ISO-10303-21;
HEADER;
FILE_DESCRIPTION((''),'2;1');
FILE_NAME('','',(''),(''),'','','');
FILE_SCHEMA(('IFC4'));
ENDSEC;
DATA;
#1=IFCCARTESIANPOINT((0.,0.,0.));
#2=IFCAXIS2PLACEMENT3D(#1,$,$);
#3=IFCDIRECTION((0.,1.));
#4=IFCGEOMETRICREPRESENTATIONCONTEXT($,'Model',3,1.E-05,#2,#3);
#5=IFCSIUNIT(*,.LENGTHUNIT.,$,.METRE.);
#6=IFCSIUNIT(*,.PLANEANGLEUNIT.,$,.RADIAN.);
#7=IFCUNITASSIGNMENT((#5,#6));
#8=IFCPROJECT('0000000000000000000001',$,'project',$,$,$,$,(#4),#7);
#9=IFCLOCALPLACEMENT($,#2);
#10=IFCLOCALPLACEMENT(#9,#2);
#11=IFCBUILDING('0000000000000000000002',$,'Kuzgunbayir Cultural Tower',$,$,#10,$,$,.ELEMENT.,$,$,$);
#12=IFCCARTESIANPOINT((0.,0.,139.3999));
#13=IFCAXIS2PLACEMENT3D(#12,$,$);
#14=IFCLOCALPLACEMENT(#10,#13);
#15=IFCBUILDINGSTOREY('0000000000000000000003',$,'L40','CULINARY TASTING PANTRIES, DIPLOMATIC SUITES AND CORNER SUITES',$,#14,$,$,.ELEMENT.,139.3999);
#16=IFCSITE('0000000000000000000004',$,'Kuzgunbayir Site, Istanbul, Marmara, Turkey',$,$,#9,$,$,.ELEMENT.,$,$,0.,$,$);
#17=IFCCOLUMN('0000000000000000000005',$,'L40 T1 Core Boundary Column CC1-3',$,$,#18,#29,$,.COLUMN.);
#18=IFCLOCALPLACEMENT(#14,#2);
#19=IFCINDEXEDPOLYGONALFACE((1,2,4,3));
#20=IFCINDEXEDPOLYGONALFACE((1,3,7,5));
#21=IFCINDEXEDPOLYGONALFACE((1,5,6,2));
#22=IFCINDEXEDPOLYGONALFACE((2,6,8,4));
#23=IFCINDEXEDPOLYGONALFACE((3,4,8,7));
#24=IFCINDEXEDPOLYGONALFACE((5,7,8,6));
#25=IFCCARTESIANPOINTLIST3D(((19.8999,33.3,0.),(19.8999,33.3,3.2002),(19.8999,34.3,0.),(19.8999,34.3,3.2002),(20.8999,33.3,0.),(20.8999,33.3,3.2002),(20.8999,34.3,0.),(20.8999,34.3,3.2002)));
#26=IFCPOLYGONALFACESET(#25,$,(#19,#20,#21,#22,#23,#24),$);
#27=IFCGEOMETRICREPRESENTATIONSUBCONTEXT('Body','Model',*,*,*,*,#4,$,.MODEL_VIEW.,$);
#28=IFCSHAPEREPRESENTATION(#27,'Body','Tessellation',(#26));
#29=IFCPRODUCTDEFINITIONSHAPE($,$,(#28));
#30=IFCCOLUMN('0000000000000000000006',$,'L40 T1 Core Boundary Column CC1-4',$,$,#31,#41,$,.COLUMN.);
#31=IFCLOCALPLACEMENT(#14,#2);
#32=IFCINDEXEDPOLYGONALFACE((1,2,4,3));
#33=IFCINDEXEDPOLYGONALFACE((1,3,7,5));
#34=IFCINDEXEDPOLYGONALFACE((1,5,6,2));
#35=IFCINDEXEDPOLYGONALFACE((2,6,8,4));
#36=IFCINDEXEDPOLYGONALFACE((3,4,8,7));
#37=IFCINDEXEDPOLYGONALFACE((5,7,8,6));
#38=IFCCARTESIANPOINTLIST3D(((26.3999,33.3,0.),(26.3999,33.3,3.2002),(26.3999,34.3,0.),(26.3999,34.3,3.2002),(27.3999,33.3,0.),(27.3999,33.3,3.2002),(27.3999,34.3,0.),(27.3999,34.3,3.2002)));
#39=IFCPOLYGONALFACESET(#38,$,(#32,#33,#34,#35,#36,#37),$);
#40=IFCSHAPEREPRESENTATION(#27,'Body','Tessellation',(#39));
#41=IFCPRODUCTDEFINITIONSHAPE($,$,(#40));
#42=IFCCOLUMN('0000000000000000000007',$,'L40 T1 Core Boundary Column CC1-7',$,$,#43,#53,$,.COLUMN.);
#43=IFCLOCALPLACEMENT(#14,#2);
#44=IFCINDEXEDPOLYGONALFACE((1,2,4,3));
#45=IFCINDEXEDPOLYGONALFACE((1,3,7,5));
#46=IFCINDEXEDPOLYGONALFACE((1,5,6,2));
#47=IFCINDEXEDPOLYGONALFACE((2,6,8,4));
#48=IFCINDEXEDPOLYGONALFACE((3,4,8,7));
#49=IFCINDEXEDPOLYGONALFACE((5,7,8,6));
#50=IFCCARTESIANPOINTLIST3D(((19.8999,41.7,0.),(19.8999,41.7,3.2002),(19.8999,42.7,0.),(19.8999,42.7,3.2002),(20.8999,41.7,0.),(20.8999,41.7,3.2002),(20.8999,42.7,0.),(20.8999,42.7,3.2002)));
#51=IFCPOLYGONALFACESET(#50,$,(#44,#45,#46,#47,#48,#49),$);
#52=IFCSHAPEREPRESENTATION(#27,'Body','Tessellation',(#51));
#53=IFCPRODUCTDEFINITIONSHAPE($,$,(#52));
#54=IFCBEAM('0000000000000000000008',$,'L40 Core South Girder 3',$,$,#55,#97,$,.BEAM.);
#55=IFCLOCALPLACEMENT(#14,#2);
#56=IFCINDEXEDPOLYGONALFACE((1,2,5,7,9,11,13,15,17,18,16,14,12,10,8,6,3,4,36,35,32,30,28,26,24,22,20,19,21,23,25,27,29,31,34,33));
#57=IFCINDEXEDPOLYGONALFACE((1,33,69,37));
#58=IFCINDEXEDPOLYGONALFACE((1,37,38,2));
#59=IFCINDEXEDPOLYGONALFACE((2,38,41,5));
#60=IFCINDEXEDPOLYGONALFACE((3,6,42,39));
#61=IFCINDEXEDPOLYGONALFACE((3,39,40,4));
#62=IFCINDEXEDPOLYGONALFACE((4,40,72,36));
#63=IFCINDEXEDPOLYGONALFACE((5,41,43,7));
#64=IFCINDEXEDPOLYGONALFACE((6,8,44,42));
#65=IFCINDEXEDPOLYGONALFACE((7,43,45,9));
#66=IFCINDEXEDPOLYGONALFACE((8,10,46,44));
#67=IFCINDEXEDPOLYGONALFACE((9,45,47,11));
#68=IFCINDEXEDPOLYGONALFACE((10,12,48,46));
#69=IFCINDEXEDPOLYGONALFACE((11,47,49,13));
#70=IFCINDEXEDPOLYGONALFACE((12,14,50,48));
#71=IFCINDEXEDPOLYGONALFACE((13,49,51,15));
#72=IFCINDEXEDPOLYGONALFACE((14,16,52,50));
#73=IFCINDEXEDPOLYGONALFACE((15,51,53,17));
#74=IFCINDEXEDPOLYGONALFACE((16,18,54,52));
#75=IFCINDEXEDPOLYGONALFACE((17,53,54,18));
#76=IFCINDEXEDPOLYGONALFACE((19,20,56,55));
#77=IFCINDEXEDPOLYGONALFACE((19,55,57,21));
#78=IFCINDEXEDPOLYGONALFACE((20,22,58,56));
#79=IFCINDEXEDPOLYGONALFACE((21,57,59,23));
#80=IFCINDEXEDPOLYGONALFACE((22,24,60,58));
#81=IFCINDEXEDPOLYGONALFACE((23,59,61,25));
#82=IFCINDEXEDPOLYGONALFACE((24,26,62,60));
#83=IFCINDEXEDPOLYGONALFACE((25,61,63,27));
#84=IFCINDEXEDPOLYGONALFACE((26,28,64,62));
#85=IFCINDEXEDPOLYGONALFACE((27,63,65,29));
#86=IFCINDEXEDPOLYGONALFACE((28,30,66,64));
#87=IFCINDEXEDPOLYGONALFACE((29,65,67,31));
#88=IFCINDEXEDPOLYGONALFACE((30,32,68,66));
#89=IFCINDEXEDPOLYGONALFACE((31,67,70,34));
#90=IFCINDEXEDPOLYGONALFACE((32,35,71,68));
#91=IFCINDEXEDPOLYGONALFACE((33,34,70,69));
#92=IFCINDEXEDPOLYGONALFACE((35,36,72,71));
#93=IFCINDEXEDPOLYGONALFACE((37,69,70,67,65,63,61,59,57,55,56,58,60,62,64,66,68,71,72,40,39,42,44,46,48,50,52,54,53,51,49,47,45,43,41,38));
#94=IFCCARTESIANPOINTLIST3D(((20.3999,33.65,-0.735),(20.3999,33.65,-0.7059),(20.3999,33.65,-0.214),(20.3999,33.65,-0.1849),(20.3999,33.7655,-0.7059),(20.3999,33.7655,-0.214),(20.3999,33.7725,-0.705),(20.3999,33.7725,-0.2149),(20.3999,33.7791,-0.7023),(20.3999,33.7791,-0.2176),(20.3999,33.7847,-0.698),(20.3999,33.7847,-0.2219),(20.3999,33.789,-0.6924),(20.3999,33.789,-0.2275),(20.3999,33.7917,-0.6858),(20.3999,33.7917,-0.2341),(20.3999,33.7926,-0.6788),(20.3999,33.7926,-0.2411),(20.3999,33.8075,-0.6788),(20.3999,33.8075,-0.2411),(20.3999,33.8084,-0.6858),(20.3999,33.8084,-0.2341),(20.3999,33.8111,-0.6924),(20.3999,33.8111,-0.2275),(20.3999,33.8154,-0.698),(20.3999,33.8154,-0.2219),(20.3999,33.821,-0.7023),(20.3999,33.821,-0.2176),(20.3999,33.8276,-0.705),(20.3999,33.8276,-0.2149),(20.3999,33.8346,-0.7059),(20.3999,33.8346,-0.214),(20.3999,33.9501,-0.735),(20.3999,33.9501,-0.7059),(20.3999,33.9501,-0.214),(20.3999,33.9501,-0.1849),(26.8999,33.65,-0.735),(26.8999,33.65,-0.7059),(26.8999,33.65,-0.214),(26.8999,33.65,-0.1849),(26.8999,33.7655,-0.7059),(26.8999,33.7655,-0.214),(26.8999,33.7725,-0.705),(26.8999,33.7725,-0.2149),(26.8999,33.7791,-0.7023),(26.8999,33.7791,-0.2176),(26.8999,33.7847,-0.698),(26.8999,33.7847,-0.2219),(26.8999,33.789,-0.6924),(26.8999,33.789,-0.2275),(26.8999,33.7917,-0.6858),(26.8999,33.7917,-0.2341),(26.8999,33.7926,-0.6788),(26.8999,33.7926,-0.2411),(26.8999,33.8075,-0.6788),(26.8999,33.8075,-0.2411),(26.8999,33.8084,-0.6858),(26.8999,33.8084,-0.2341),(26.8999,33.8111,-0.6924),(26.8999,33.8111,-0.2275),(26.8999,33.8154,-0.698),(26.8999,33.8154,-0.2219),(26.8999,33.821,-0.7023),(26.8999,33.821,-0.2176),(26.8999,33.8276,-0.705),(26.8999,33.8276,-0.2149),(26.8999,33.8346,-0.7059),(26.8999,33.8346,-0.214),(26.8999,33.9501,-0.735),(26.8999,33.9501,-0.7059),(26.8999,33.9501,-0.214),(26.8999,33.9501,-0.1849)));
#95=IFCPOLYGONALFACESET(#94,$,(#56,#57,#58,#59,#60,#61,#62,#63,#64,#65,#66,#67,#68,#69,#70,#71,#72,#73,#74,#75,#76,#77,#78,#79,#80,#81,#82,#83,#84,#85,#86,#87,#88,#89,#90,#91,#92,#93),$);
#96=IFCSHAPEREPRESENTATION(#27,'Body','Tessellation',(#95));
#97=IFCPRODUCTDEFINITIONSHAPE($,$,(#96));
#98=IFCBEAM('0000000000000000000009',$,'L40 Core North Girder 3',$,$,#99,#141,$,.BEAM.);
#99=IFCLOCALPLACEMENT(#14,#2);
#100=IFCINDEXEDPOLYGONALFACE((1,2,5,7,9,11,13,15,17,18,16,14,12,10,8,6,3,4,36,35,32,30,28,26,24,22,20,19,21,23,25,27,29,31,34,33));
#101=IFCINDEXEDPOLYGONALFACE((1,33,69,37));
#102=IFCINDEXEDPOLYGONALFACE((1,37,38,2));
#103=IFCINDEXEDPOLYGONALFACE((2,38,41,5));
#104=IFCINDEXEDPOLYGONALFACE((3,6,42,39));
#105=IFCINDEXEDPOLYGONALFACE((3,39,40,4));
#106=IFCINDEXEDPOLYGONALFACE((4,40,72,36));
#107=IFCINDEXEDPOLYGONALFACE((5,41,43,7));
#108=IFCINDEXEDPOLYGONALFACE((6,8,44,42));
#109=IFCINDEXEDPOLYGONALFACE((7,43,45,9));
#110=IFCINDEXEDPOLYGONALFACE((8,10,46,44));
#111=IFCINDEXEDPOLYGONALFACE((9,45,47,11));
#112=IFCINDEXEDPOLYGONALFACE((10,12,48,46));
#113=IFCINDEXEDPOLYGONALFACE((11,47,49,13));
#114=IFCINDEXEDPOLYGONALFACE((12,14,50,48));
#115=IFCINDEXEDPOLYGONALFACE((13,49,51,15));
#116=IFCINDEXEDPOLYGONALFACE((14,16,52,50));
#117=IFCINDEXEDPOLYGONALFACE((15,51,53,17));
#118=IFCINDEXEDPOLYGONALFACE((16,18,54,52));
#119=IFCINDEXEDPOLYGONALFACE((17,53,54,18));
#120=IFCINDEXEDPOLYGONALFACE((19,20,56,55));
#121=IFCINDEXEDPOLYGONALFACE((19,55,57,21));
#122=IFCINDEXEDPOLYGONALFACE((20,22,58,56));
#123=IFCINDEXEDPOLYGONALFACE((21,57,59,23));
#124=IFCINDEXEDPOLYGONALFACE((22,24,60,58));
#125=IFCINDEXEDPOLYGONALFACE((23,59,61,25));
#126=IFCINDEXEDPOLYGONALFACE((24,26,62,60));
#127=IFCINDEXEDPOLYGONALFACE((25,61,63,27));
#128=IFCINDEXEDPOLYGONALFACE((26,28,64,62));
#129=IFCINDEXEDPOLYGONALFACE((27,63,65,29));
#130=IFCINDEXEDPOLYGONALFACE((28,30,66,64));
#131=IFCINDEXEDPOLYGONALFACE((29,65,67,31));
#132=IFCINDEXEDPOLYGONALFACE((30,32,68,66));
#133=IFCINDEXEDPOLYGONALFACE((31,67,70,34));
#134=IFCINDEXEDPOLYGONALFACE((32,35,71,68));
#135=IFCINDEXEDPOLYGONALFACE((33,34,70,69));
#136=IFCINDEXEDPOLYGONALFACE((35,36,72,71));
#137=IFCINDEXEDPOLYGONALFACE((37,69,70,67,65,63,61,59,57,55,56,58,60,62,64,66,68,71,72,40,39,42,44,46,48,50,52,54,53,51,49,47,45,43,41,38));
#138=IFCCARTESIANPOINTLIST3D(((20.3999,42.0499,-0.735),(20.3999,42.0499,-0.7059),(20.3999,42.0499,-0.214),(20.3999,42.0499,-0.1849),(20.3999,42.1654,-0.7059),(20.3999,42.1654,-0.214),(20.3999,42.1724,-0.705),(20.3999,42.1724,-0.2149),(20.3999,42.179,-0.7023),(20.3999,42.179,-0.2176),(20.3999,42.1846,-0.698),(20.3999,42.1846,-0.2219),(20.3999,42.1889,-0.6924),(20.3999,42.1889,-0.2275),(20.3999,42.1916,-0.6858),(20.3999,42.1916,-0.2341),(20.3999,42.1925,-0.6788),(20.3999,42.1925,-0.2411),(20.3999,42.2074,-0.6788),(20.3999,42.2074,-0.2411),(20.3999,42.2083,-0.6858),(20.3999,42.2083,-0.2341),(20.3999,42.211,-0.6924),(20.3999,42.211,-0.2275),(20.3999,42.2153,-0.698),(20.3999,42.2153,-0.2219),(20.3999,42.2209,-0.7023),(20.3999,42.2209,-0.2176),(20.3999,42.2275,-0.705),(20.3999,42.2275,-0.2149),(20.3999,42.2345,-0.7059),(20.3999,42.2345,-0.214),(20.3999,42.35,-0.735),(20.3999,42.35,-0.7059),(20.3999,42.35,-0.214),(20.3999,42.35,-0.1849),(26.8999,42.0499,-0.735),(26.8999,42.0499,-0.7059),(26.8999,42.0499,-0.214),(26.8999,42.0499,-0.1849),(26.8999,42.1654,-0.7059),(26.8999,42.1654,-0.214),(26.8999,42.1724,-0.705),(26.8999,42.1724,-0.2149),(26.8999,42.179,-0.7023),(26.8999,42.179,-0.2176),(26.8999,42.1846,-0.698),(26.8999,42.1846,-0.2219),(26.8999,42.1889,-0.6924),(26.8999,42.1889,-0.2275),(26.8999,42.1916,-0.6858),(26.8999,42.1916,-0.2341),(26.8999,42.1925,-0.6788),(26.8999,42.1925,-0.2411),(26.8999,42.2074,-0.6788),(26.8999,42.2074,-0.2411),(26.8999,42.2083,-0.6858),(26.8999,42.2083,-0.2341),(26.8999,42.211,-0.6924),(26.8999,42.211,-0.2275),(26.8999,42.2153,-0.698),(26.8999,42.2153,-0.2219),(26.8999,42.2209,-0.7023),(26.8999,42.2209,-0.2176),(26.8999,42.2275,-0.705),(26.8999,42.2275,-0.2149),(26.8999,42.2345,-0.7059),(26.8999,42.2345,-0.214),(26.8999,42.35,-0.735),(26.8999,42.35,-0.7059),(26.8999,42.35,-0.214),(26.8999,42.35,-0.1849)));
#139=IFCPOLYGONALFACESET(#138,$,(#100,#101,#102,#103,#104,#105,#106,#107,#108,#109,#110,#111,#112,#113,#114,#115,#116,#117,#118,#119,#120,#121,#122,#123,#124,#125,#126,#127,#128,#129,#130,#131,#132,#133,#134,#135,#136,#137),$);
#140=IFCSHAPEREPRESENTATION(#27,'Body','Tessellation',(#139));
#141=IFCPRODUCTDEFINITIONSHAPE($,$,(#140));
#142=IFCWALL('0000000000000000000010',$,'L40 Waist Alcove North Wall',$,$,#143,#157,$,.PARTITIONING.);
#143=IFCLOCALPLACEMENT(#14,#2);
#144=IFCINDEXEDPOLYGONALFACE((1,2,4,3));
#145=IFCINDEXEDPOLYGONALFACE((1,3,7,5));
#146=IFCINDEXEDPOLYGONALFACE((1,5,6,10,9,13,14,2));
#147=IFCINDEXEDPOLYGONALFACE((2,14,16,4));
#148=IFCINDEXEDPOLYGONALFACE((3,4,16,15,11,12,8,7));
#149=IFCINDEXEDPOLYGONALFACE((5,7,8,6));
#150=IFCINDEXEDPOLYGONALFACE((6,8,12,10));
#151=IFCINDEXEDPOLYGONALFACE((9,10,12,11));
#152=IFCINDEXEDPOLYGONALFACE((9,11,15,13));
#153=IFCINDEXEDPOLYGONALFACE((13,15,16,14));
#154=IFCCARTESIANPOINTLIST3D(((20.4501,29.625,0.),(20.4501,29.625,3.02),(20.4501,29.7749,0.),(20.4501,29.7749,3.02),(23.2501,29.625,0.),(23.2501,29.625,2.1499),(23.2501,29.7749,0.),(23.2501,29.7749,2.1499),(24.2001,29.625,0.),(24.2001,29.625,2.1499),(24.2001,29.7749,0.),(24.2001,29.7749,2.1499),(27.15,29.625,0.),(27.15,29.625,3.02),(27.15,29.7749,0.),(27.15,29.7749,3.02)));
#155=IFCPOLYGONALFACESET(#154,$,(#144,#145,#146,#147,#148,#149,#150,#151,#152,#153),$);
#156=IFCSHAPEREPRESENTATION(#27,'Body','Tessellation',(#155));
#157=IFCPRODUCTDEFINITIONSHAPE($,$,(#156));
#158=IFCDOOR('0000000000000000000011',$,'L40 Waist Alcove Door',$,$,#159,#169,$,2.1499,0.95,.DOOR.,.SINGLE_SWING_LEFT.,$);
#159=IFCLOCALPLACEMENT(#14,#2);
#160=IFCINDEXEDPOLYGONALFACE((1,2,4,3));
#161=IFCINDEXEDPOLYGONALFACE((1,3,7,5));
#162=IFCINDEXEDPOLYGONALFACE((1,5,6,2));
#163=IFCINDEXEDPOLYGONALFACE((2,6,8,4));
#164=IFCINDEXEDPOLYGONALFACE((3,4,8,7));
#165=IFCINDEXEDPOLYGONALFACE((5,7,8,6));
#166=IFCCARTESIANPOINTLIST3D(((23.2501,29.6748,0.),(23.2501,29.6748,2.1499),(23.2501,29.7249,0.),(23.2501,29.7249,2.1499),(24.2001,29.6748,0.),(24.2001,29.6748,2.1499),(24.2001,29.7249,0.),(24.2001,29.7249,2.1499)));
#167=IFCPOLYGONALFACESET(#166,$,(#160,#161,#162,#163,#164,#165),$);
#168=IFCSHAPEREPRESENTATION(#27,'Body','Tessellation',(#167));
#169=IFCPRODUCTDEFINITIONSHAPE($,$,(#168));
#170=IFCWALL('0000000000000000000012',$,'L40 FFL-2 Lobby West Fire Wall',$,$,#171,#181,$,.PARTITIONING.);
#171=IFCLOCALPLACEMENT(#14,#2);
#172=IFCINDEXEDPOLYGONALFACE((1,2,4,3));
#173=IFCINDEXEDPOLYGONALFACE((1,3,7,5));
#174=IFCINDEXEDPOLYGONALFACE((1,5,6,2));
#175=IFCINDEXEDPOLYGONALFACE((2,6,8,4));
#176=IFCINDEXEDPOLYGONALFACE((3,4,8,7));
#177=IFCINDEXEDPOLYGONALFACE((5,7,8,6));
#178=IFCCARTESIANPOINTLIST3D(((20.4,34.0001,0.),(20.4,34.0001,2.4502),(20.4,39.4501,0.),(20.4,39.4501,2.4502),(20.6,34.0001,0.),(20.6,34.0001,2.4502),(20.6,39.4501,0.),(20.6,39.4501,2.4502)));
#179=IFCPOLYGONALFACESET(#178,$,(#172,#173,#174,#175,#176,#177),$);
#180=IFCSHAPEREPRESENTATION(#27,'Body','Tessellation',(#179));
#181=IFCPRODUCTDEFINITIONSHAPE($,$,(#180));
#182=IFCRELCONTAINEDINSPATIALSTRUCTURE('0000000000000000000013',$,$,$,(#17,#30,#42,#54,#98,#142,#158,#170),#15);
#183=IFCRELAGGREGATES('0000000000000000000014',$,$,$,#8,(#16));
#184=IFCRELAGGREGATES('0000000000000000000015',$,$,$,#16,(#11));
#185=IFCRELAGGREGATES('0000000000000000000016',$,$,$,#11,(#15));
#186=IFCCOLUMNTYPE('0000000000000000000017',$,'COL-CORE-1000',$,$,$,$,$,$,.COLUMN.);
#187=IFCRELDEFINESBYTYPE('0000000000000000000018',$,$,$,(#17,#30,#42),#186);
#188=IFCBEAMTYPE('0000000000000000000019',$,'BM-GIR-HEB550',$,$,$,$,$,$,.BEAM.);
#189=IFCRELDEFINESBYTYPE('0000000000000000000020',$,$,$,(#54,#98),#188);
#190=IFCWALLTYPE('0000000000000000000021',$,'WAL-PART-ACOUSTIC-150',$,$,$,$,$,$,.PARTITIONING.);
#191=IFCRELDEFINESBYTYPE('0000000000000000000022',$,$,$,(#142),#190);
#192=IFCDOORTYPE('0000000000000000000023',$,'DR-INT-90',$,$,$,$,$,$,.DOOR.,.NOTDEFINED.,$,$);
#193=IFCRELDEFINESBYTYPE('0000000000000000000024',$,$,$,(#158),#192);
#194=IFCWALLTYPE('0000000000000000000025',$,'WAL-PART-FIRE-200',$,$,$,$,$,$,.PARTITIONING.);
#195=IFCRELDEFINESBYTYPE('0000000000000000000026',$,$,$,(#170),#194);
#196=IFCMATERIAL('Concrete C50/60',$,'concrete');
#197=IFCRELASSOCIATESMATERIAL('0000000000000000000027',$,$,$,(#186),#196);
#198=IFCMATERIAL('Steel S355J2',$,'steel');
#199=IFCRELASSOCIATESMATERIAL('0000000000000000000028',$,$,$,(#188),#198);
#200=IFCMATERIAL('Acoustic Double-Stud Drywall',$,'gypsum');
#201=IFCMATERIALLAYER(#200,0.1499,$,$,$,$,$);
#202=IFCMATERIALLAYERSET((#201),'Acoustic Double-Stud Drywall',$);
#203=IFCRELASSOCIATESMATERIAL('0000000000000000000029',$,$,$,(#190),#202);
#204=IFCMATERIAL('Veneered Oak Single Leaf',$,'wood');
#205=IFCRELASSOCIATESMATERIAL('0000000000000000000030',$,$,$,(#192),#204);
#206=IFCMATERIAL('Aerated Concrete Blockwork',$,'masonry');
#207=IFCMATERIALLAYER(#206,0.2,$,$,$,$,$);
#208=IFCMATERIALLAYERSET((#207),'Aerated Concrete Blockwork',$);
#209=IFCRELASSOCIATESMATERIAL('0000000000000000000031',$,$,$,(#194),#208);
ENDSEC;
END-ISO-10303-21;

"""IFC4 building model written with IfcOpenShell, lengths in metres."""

from ifc_helpers import new_model, si_unit, direction, frame, frame_2d, origin, origin_2d, place, context, subcontext, project, spatial, rectangle, i_section, extrude, material, layer, layer_set, material_profile, profile_set, type_object, element, fill, save


model = new_model("IFC4")

# Units and contexts
model_context = context("Model", 3, precision=1e-05, world=origin(), true_north=direction((0.0, 1.0)))
body_context = subcontext(model_context, "Body", "Model", "MODEL_VIEW")
ifc_project = project(units=[si_unit("LENGTHUNIT", "METRE"), si_unit("PLANEANGLEUNIT", "RADIAN")], contexts=[model_context])

# Site, building, storey
site_placement = place(None, origin())
site = spatial("IfcSite", under=ifc_project, at=site_placement, Name="Kuzgunbayir Site, Istanbul, Marmara, Turkey", CompositionType="ELEMENT", RefElevation=0.0)
building_placement = place(site_placement, origin())
building = spatial("IfcBuilding", under=site, at=building_placement, Name="Kuzgunbayir Cultural Tower", CompositionType="ELEMENT")
storey_placement = place(building_placement, frame((0.0, 0.0, 139.3999)))
storey = spatial("IfcBuildingStorey", under=building, at=storey_placement, Name="L40", Description="CULINARY TASTING PANTRIES, DIPLOMATIC SUITES AND CORNER SUITES", CompositionType="ELEMENT", Elevation=139.3999)

# Columns
ifc_material_1 = material(Name="Concrete C50/60", Category="concrete")
ifc_material_profile_1 = material_profile(ifc_material_1, rectangle(XDim=1.0, YDim=1.0, at=origin_2d()), Name="RC 1000x1000")
ifc_profile_set_1 = profile_set([ifc_material_profile_1], Name="Concrete C50/60")
column_type = type_object("IfcColumnType", Name="COL-CORE-1000", PredefinedType="COLUMN", material=ifc_profile_set_1)
for number, where, z_axis, x_axis, name in (
    (1, (20.3999, 33.8, 0.0), (0.0, 0.0, 1.0), (1.0, 0.0, 0.0), "L40 T1 Core Boundary Column CC1-3"),
    (2, (26.8999, 33.8, 0.0), (0.0, 0.0, 1.0), (1.0, 0.0, 0.0), "L40 T1 Core Boundary Column CC1-4"),
    (3, (20.3999, 42.2, 0.0), (0.0, 0.0, 1.0), (1.0, 0.0, 0.0), "L40 T1 Core Boundary Column CC1-7"),
):
    element("IfcColumn", number, at=place(storey_placement, frame(where, z_axis=z_axis, x_axis=x_axis)), inside=storey, type_object=column_type, Name=name, PredefinedType="COLUMN", context=body_context, shape_type="SweptSolid", body=[
        extrude(rectangle(XDim=1.0, YDim=1.0, at=origin_2d()), origin(), (0.0, 0.0, 1.0), 3.2002),
    ])

# Beams
ifc_material_2 = material(Name="Steel S355J2", Category="steel")
ifc_material_profile_2 = material_profile(ifc_material_2, i_section(OverallWidth=0.3, OverallDepth=0.55, WebThickness=0.0149, FlangeThickness=0.0291, FilletRadius=0.0271, at=origin_2d()), Name="HEB 550")
ifc_profile_set_2 = profile_set([ifc_material_profile_2], Name="Steel S355J2")
beam_type = type_object("IfcBeamType", Name="BM-GIR-HEB550", PredefinedType="BEAM", material=ifc_profile_set_2)
for number, where, z_axis, x_axis, name in (
    (4, (20.3999, 33.8, -0.46), (1.0, 0.0, 0.0), (0.0, 1.0, 0.0), "L40 Core South Girder 3"),
    (5, (20.3999, 42.2, -0.46), (1.0, 0.0, 0.0), (0.0, 1.0, 0.0), "L40 Core North Girder 3"),
):
    element("IfcBeam", number, at=place(storey_placement, frame(where, z_axis=z_axis, x_axis=x_axis)), inside=storey, type_object=beam_type, Name=name, PredefinedType="BEAM", context=body_context, shape_type="SweptSolid", body=[
        extrude(i_section(OverallWidth=0.3, OverallDepth=0.55, WebThickness=0.0149, FlangeThickness=0.0291, FilletRadius=0.0271, at=origin_2d()), origin(), (0.0, 0.0, 1.0), 6.5),
    ])

# Wall, opening, door
ifc_material_3 = material(Name="Acoustic Double-Stud Drywall", Category="gypsum")
ifc_layer_1 = layer(ifc_material_3, 0.1499)
ifc_layer_set_1 = layer_set([ifc_layer_1], Name="Acoustic Double-Stud Drywall")
wall_type_1 = type_object("IfcWallType", Name="WAL-PART-ACOUSTIC-150", PredefinedType="PARTITIONING", material=ifc_layer_set_1)
wall_1_placement = place(storey_placement, frame((20.45, 29.7, 0.0), z_axis=(0.0, 0.0, 1.0), x_axis=(1.0, 0.0, 0.0)))
wall_1 = element("IfcWall", 6, at=wall_1_placement, inside=storey, type_object=wall_type_1, Name="L40 Waist Alcove North Wall", PredefinedType="PARTITIONING", context=body_context, shape_type="SweptSolid", body=[
    extrude(rectangle(XDim=6.7, YDim=0.1499, at=frame_2d((3.3501, 0.0))), origin(), (0.0, 0.0, 1.0), 3.02),
])
opening_1_placement = place(wall_1_placement, frame((2.8, 0.0, 0.0)))
opening_1 = element("IfcOpeningElement", 7, at=opening_1_placement, cuts=wall_1, PredefinedType="OPENING", context=body_context, shape_type="SweptSolid", body=[
    extrude(rectangle(XDim=0.95, YDim=2.1499, at=frame_2d((0.4751, 1.075))), frame((0.0, 0.085, 0.0), z_axis=(0.0, -1.0, 0.0), x_axis=(1.0, 0.0, 0.0)), (0.0, 0.0, 1.0), 0.1699),
])
ifc_material_4 = material(Name="Veneered Oak Single Leaf", Category="wood")
door_type_1 = type_object("IfcDoorType", Name="DR-INT-90", OperationType="NOTDEFINED", PredefinedType="DOOR", material=ifc_material_4)
door_1_placement = place(opening_1_placement, origin())
door_1 = element("IfcDoor", 8, at=door_1_placement, inside=storey, type_object=door_type_1, Name="L40 Waist Alcove Door", OperationType="SINGLE_SWING_LEFT", OverallHeight=2.1499, OverallWidth=0.95, PredefinedType="DOOR", context=body_context, shape_type="SweptSolid", body=[
    extrude(rectangle(XDim=0.95, YDim=2.1499, at=frame_2d((0.4751, 1.075))), frame((0.0, 0.0249, 0.0), z_axis=(0.0, -1.0, 0.0), x_axis=(1.0, 0.0, 0.0)), (0.0, 0.0, 1.0), 0.05),
])
fill(opening_1, door_1)

# Wall
ifc_material_5 = material(Name="Aerated Concrete Blockwork", Category="masonry")
ifc_layer_2 = layer(ifc_material_5, 0.2)
ifc_layer_set_2 = layer_set([ifc_layer_2], Name="Aerated Concrete Blockwork")
wall_type_2 = type_object("IfcWallType", Name="WAL-PART-FIRE-200", PredefinedType="PARTITIONING", material=ifc_layer_set_2)
wall_2_placement = place(storey_placement, frame((20.5, 34.0, 0.0), z_axis=(0.0, 0.0, 1.0), x_axis=(0.0, 1.0, 0.0)))
element("IfcWall", 9, at=wall_2_placement, inside=storey, type_object=wall_type_2, Name="L40 FFL-2 Lobby West Fire Wall", PredefinedType="PARTITIONING", context=body_context, shape_type="SweptSolid", body=[
    extrude(rectangle(XDim=5.45, YDim=0.2, at=frame_2d((2.7251, 0.0))), origin(), (0.0, 0.0, 1.0), 2.4502),
])

save(model, "model.ifc")
